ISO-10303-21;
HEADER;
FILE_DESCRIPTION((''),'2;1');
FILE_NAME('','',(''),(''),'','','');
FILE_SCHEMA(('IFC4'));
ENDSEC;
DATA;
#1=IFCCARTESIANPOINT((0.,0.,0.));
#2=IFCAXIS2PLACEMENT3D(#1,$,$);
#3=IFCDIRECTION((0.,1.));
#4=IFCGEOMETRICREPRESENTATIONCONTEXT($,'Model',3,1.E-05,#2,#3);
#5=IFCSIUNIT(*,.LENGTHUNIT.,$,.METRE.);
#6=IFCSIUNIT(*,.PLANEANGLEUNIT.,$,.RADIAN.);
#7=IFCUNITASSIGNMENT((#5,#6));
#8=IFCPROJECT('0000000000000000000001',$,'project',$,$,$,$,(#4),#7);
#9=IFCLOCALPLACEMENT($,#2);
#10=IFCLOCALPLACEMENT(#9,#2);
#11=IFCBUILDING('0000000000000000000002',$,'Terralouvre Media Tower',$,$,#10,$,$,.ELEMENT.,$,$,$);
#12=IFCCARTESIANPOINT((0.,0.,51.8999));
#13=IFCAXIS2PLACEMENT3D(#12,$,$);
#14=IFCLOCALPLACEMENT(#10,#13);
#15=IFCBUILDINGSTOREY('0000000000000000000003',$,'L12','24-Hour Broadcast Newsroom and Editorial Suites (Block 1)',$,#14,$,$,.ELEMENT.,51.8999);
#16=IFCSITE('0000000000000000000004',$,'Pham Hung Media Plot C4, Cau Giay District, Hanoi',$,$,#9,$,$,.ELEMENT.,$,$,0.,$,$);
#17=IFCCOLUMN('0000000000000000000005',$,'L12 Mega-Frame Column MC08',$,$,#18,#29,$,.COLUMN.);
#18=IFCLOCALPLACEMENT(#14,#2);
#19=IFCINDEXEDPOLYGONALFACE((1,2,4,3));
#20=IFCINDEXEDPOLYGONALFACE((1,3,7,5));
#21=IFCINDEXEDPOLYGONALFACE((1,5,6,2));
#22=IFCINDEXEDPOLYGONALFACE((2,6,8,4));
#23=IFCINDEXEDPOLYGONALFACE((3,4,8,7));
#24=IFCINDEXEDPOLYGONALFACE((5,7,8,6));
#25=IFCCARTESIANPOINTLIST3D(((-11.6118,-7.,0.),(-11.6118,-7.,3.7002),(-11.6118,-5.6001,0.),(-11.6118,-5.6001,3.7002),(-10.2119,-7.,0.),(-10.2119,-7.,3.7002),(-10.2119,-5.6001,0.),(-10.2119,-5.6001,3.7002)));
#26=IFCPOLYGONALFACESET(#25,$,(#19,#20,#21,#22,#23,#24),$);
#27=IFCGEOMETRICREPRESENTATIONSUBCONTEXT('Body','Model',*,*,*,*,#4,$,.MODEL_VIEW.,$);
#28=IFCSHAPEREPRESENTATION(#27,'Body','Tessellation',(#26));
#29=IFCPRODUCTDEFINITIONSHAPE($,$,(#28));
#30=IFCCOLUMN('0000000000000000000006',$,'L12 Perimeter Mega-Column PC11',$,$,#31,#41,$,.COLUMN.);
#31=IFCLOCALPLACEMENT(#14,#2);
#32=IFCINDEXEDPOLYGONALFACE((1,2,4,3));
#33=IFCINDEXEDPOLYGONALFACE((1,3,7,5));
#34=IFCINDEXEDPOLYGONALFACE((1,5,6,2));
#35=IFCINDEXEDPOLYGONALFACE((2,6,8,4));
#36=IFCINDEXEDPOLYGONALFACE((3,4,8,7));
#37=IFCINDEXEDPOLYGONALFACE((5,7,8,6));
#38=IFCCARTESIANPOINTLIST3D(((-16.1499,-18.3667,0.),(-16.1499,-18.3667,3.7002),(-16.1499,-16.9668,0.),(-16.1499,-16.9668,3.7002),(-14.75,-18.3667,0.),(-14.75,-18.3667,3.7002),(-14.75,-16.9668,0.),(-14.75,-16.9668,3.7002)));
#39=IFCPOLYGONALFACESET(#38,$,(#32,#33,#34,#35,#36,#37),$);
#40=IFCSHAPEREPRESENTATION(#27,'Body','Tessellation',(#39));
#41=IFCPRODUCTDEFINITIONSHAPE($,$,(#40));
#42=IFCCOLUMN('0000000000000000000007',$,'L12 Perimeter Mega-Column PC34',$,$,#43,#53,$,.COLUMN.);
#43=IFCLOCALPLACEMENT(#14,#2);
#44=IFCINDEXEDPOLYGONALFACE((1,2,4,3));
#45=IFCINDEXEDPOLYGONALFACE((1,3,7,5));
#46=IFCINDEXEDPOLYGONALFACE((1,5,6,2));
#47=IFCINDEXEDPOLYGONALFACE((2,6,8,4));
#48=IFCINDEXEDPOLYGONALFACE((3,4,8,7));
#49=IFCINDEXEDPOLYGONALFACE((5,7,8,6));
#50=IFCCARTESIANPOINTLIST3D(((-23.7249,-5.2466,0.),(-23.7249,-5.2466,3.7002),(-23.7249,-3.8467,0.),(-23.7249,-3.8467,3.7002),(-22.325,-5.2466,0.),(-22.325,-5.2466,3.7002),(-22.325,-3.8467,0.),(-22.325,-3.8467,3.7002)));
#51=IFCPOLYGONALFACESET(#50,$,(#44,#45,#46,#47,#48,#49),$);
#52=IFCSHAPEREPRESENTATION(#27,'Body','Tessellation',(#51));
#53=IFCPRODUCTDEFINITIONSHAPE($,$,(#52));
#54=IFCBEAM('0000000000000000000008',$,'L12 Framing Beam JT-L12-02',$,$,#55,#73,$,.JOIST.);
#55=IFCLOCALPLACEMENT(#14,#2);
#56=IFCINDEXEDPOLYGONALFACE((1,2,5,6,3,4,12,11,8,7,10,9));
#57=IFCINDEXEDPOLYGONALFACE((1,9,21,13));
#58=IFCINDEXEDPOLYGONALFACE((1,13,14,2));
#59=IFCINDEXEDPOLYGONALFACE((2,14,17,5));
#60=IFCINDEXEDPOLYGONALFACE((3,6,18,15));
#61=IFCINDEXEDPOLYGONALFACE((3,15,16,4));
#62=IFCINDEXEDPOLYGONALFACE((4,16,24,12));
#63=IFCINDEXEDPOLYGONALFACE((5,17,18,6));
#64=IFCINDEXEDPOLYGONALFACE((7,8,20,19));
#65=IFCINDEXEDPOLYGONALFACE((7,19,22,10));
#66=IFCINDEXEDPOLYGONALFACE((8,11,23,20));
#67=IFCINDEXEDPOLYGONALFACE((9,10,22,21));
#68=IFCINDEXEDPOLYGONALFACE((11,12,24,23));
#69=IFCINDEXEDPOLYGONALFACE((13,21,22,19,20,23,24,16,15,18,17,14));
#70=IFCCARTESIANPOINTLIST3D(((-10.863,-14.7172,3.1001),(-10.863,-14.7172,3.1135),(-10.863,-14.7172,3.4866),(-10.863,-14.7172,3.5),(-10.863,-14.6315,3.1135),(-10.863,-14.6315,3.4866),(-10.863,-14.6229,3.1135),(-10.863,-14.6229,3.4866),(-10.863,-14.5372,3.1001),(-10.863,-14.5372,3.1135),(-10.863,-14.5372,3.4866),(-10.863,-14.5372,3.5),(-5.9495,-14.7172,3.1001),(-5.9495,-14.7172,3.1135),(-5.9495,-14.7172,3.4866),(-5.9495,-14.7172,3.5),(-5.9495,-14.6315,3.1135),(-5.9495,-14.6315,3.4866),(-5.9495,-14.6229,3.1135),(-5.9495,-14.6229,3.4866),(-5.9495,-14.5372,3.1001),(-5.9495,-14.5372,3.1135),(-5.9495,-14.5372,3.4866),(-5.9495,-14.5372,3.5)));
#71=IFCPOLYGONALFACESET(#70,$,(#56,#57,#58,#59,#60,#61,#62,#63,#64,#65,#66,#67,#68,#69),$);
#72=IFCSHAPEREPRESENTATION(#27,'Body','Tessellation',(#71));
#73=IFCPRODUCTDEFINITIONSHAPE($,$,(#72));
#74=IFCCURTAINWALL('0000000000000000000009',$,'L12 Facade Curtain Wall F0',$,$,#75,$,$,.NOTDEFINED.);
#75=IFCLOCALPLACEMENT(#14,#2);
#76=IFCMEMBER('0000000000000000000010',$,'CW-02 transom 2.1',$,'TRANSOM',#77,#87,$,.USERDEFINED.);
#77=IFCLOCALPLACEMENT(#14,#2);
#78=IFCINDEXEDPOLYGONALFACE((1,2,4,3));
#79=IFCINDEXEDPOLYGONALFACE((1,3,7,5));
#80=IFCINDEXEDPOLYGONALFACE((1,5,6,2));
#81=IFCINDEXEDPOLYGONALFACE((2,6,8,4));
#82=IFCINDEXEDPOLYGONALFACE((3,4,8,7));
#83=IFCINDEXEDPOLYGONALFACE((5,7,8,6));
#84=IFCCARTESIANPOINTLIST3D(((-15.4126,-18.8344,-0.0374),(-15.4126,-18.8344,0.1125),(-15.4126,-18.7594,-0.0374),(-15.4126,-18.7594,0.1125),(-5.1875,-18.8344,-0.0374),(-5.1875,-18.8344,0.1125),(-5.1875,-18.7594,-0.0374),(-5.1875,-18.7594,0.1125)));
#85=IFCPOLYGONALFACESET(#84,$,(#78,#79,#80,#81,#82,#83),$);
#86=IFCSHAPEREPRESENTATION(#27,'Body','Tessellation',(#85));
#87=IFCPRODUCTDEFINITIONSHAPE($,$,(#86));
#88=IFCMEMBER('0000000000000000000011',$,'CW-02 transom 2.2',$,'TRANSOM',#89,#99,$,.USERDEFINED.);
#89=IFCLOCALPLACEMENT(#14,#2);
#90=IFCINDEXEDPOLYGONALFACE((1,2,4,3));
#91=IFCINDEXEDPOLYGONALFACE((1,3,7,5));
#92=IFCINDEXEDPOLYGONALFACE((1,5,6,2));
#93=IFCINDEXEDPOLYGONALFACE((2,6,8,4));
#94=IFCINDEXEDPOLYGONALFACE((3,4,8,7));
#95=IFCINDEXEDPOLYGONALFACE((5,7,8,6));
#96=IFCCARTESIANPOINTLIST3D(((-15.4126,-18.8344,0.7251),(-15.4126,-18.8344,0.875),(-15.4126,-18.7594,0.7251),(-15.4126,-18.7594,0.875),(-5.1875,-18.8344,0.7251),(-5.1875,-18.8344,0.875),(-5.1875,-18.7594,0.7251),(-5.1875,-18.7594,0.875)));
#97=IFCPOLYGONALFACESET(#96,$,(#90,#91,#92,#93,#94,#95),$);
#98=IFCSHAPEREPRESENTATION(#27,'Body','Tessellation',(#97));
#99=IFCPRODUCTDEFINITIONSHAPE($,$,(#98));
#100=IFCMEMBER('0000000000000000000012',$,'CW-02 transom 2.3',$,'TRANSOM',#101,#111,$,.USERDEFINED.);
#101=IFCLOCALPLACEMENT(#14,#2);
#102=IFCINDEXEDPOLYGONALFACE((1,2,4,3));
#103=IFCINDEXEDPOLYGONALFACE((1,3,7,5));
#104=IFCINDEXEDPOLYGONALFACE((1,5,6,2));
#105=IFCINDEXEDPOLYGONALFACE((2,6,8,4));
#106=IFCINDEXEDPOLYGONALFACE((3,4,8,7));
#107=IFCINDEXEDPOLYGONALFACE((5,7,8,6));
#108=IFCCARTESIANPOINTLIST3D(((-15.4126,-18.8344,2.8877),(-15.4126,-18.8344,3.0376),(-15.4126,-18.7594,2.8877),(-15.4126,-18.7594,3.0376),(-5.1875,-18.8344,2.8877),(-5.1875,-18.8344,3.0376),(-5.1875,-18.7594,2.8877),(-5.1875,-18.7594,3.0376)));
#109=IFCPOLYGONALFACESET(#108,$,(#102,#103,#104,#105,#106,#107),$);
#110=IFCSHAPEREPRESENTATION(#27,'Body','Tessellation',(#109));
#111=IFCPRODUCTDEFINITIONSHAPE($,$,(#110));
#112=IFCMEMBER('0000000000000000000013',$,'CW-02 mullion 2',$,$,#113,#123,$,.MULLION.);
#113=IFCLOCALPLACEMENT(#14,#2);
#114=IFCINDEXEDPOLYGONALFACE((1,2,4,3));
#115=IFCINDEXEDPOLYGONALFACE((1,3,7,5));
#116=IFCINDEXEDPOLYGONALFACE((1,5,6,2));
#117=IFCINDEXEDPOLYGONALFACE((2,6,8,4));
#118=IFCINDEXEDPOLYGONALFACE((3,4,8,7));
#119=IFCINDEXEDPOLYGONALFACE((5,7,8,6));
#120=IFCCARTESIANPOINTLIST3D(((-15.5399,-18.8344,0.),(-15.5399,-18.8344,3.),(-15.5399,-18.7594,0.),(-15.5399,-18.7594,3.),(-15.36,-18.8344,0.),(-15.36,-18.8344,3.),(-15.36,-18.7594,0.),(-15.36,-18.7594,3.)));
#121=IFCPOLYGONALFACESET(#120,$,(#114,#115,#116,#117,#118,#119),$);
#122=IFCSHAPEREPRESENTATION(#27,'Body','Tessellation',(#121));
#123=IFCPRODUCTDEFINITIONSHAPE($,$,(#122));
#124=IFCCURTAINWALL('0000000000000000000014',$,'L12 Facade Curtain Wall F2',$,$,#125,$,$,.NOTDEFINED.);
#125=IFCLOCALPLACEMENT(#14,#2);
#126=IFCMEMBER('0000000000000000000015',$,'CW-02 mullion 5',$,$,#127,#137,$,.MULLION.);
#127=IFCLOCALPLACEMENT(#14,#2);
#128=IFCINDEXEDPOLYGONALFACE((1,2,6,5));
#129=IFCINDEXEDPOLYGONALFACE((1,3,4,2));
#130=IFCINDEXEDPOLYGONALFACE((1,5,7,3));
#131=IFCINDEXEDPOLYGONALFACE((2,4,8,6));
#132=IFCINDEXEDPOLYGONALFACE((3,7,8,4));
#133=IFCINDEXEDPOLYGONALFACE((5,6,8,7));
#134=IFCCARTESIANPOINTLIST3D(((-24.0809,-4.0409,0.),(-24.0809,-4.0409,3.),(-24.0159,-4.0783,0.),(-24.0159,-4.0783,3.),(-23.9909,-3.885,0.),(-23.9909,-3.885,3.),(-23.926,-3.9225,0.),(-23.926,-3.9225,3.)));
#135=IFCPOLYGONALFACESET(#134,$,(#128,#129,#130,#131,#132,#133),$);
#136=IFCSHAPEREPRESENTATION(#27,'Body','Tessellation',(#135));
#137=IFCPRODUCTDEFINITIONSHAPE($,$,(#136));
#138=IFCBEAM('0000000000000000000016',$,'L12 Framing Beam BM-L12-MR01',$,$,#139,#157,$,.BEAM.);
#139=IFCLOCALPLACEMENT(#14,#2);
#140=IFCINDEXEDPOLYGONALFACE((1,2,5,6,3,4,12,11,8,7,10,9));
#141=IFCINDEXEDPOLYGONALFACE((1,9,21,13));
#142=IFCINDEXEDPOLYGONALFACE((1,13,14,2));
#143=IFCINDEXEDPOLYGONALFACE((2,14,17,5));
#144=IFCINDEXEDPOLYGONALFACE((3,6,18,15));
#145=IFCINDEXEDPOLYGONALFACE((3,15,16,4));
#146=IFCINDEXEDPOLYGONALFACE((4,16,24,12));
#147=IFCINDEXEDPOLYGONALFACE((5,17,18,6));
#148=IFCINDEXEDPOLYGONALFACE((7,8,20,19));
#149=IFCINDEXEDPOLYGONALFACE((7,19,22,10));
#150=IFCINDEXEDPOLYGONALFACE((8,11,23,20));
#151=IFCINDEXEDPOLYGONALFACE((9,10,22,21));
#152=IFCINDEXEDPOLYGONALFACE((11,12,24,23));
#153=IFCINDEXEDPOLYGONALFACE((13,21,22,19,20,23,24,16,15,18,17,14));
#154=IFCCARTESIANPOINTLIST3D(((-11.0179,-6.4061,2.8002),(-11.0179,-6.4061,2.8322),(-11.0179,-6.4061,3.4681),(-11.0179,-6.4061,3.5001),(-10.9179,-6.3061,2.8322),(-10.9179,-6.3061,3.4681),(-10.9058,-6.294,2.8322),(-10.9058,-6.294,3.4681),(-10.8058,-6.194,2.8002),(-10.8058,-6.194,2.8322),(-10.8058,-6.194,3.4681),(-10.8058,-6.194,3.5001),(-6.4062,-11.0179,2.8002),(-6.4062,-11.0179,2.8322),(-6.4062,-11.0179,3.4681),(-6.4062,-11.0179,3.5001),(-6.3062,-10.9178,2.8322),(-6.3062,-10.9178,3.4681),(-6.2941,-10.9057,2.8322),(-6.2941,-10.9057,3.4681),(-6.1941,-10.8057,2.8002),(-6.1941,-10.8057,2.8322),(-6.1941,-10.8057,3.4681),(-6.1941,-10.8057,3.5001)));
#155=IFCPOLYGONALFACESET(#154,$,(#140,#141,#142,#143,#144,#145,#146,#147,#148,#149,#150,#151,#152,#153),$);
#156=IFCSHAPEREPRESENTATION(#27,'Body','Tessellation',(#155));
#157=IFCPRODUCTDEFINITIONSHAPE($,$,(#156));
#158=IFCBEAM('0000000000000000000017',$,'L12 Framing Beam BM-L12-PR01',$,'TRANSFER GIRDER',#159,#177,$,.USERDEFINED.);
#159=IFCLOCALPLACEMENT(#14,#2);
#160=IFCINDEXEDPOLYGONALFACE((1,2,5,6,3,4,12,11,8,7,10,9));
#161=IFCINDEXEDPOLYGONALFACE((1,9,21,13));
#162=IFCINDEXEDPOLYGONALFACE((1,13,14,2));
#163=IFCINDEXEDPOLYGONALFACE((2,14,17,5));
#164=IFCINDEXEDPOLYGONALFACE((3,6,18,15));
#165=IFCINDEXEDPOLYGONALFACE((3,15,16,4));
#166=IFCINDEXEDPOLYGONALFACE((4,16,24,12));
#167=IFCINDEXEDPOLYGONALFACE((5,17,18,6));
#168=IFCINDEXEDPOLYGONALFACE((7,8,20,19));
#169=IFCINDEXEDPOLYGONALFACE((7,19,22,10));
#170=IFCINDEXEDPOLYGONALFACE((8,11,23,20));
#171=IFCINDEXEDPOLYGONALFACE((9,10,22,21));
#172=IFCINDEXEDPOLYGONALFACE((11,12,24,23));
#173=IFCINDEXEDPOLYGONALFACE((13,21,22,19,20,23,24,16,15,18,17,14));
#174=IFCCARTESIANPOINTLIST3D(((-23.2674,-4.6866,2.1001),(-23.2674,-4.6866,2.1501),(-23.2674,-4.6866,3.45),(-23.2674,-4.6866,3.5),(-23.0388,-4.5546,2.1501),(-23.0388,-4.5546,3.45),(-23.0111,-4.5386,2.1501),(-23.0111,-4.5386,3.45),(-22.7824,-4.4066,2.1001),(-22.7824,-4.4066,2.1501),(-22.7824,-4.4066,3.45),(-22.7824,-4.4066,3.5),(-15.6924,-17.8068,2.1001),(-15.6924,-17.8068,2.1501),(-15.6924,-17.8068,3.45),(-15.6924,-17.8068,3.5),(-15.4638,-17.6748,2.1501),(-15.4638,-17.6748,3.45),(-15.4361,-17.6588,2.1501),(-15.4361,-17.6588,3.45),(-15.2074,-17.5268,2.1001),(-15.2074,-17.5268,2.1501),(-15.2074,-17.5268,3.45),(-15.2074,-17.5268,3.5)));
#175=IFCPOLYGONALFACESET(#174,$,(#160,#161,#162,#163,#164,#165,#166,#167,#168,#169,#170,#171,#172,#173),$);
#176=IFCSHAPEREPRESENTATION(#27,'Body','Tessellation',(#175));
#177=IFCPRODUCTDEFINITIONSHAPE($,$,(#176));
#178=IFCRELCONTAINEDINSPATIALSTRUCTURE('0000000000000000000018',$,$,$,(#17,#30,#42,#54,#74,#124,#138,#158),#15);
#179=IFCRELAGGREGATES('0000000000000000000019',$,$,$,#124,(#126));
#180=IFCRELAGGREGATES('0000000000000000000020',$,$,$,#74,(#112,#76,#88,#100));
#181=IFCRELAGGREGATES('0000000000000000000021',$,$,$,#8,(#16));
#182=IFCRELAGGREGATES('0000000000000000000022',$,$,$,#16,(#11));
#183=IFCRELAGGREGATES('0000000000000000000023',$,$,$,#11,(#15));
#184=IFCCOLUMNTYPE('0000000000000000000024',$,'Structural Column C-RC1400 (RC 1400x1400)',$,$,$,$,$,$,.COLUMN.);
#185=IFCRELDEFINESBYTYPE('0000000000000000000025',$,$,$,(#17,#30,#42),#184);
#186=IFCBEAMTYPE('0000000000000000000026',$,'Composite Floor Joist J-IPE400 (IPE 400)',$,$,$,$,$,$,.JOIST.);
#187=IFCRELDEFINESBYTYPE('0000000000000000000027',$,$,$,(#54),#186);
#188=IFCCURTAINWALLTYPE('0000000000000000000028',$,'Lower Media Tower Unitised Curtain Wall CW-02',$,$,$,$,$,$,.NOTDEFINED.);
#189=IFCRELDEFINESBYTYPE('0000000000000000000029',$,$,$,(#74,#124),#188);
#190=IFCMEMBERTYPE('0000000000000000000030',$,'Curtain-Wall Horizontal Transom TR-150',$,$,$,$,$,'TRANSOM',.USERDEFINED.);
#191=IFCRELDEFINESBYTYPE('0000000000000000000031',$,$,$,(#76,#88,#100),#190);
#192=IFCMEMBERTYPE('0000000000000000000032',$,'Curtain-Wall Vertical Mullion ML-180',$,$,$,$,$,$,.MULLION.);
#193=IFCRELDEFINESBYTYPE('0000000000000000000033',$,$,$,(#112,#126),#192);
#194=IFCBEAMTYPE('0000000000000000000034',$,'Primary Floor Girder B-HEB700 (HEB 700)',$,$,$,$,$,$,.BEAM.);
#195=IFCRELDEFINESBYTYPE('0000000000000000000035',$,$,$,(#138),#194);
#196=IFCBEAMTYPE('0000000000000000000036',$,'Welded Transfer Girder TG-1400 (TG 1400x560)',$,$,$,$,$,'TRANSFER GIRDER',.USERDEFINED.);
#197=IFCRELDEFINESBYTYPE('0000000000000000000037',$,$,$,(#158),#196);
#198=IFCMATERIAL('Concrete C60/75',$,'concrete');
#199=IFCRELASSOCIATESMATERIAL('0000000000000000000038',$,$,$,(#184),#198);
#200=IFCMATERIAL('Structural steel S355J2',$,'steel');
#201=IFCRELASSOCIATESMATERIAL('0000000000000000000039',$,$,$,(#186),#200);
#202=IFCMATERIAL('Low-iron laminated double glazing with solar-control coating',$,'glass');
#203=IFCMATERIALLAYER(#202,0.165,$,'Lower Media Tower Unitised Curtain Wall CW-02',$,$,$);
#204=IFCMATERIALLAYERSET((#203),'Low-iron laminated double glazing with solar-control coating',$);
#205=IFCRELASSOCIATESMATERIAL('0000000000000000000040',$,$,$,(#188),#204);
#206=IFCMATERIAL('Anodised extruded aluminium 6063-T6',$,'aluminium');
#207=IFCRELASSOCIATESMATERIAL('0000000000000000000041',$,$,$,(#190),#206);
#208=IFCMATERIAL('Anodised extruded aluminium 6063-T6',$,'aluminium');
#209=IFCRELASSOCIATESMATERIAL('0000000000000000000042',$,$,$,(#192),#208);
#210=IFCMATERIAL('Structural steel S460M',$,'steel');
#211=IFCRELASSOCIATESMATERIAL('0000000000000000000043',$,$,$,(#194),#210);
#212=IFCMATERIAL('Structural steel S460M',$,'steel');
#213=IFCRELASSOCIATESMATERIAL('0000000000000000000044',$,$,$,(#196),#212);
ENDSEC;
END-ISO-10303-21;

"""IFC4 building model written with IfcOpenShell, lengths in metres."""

from ifc_helpers import new_model, si_unit, direction, frame, origin, origin_2d, place, context, subcontext, project, spatial, rectangle, i_section, extrude, material, layer, layer_set, material_profile, profile_set, type_object, element, aggregate, save


model = new_model("IFC4")

# Units and contexts
model_context = context("Model", 3, precision=1e-05, world=origin(), true_north=direction((0.0, 1.0)))
body_context = subcontext(model_context, "Body", "Model", "MODEL_VIEW")
ifc_project = project(units=[si_unit("LENGTHUNIT", "METRE"), si_unit("PLANEANGLEUNIT", "RADIAN")], contexts=[model_context])

# Site, building, storey
site_placement = place(None, origin())
site = spatial("IfcSite", under=ifc_project, at=site_placement, Name="Pham Hung Media Plot C4, Cau Giay District, Hanoi", CompositionType="ELEMENT", RefElevation=0.0)
building_placement = place(site_placement, origin())
building = spatial("IfcBuilding", under=site, at=building_placement, Name="Terralouvre Media Tower", CompositionType="ELEMENT")
storey_placement = place(building_placement, frame((0.0, 0.0, 51.8999)))
storey = spatial("IfcBuildingStorey", under=building, at=storey_placement, Name="L12", Description="24-Hour Broadcast Newsroom and Editorial Suites (Block 1)", CompositionType="ELEMENT", Elevation=51.8999)

# Columns
ifc_material_1 = material(Name="Concrete C60/75", Category="concrete")
ifc_material_profile_1 = material_profile(ifc_material_1, rectangle(XDim=1.3999, YDim=1.3999, at=origin_2d()), Name="RC 1400x1400")
ifc_profile_set_1 = profile_set([ifc_material_profile_1], Name="Concrete C60/75")
column_type = type_object("IfcColumnType", Name="Structural Column C-RC1400 (RC 1400x1400)", PredefinedType="COLUMN", material=ifc_profile_set_1)
for number, where, z_axis, x_axis, name in (
    (1, (-10.9119, -6.3, 0.0), (0.0, 0.0, 1.0), (1.0, 0.0, 0.0), "L12 Mega-Frame Column MC08"),
    (2, (-15.45, -17.6667, 0.0), (0.0, 0.0, 1.0), (1.0, 0.0, 0.0), "L12 Perimeter Mega-Column PC11"),
    (3, (-23.0249, -4.5466, 0.0), (0.0, 0.0, 1.0), (1.0, 0.0, 0.0), "L12 Perimeter Mega-Column PC34"),
):
    element("IfcColumn", number, at=place(storey_placement, frame(where, z_axis=z_axis, x_axis=x_axis)), inside=storey, type_object=column_type, Name=name, PredefinedType="COLUMN", context=body_context, shape_type="SweptSolid", body=[
        extrude(rectangle(XDim=1.3999, YDim=1.3999, at=origin_2d()), origin(), (0.0, 0.0, 1.0), 3.7002),
    ])

# Beam
ifc_material_2 = material(Name="Structural steel S355J2", Category="steel")
ifc_material_profile_2 = material_profile(ifc_material_2, i_section(OverallWidth=0.1799, OverallDepth=0.3999, WebThickness=0.0085, FlangeThickness=0.0134, at=origin_2d()), Name="IPE 400")
ifc_profile_set_2 = profile_set([ifc_material_profile_2], Name="Structural steel S355J2")
beam_type_1 = type_object("IfcBeamType", Name="Composite Floor Joist J-IPE400 (IPE 400)", PredefinedType="JOIST", material=ifc_profile_set_2)
beam_1_placement = place(storey_placement, frame((-10.863, -14.6272, 3.3), z_axis=(1.0, 0.0, 0.0), x_axis=(0.0, 1.0, 0.0)))
element("IfcBeam", 4, at=beam_1_placement, inside=storey, type_object=beam_type_1, Name="L12 Framing Beam JT-L12-02", PredefinedType="JOIST", context=body_context, shape_type="SweptSolid", body=[
    extrude(i_section(OverallWidth=0.1799, OverallDepth=0.3999, WebThickness=0.0085, FlangeThickness=0.0134, at=origin_2d()), origin(), (0.0, 0.0, 1.0), 4.9136),
])

# Curtain wall, members
ifc_material_3 = material(Name="Low-iron laminated double glazing with solar-control coating", Category="glass")
ifc_layer_1 = layer(ifc_material_3, 0.165, Name="Lower Media Tower Unitised Curtain Wall CW-02")
ifc_layer_set_1 = layer_set([ifc_layer_1], Name="Low-iron laminated double glazing with solar-control coating")
curtain_wall_type = type_object("IfcCurtainWallType", Name="Lower Media Tower Unitised Curtain Wall CW-02", PredefinedType="NOTDEFINED", material=ifc_layer_set_1)
curtain_wall_1_placement = place(storey_placement, origin())
curtain_wall_1 = element("IfcCurtainWall", 5, at=curtain_wall_1_placement, inside=storey, type_object=curtain_wall_type, Name="L12 Facade Curtain Wall F0", PredefinedType="NOTDEFINED")
ifc_material_4 = material(Name="Anodised extruded aluminium 6063-T6", Category="aluminium")
ifc_material_profile_3 = material_profile(ifc_material_4, rectangle(XDim=0.075, YDim=0.1499, at=origin_2d()), Name="ALU 75x150")
ifc_profile_set_3 = profile_set([ifc_material_profile_3], Name="Anodised extruded aluminium 6063-T6")
member_type_1 = type_object("IfcMemberType", Name="Curtain-Wall Horizontal Transom TR-150", ElementType="TRANSOM", PredefinedType="USERDEFINED", material=ifc_profile_set_3)
member_1_placement = place(storey_placement, frame((-15.4126, -18.7969, 0.0376), z_axis=(1.0, 0.0, 0.0), x_axis=(0.0, 1.0, 0.0)))
member_1 = element("IfcMember", 6, at=member_1_placement, type_object=member_type_1, Name="CW-02 transom 2.1", ObjectType="TRANSOM", PredefinedType="USERDEFINED", context=body_context, shape_type="SweptSolid", body=[
    extrude(rectangle(XDim=0.075, YDim=0.1499, at=origin_2d()), origin(), (0.0, 0.0, 1.0), 10.2251),
])
member_2_placement = place(storey_placement, frame((-15.4126, -18.7969, 0.8), z_axis=(1.0, 0.0, 0.0), x_axis=(0.0, 1.0, 0.0)))
member_2 = element("IfcMember", 7, at=member_2_placement, type_object=member_type_1, Name="CW-02 transom 2.2", ObjectType="TRANSOM", PredefinedType="USERDEFINED", context=body_context, shape_type="SweptSolid", body=[
    extrude(rectangle(XDim=0.075, YDim=0.1499, at=origin_2d()), origin(), (0.0, 0.0, 1.0), 10.2251),
])
member_3_placement = place(storey_placement, frame((-15.4126, -18.7969, 2.9626), z_axis=(1.0, 0.0, 0.0), x_axis=(0.0, 1.0, 0.0)))
member_3 = element("IfcMember", 8, at=member_3_placement, type_object=member_type_1, Name="CW-02 transom 2.3", ObjectType="TRANSOM", PredefinedType="USERDEFINED", context=body_context, shape_type="SweptSolid", body=[
    extrude(rectangle(XDim=0.075, YDim=0.1499, at=origin_2d()), origin(), (0.0, 0.0, 1.0), 10.2251),
])
ifc_material_5 = material(Name="Anodised extruded aluminium 6063-T6", Category="aluminium")
ifc_material_profile_4 = material_profile(ifc_material_5, rectangle(XDim=0.075, YDim=0.1799, at=origin_2d()), Name="ALU 75x180")
ifc_profile_set_4 = profile_set([ifc_material_profile_4], Name="Anodised extruded aluminium 6063-T6")
member_type_2 = type_object("IfcMemberType", Name="Curtain-Wall Vertical Mullion ML-180", PredefinedType="MULLION", material=ifc_profile_set_4)
member_4_placement = place(storey_placement, frame((-15.45, -18.7969, 0.0), z_axis=(0.0, 0.0, 1.0), x_axis=(0.0, 1.0, 0.0)))
member_4 = element("IfcMember", 9, at=member_4_placement, type_object=member_type_2, Name="CW-02 mullion 2", PredefinedType="MULLION", context=body_context, shape_type="SweptSolid", body=[
    extrude(rectangle(XDim=0.075, YDim=0.1799, at=origin_2d()), origin(), (0.0, 0.0, 1.0), 3.0),
])

# Curtain wall, member
curtain_wall_2_placement = place(storey_placement, origin())
curtain_wall_2 = element("IfcCurtainWall", 10, at=curtain_wall_2_placement, inside=storey, type_object=curtain_wall_type, Name="L12 Facade Curtain Wall F2", PredefinedType="NOTDEFINED")
member_5_placement = place(storey_placement, frame((-24.0034, -3.9817, 0.0), z_axis=(0.0, 0.0, 1.0), x_axis=(0.866025, -0.5, 0.0)))
member_5 = element("IfcMember", 11, at=member_5_placement, type_object=member_type_2, Name="CW-02 mullion 5", PredefinedType="MULLION", context=body_context, shape_type="SweptSolid", body=[
    extrude(rectangle(XDim=0.075, YDim=0.1799, at=origin_2d()), origin(), (0.0, 0.0, 1.0), 3.0),
])
aggregate(curtain_wall_2, [member_5])

# Beams
ifc_material_6 = material(Name="Structural steel S460M", Category="steel")
ifc_material_profile_5 = material_profile(ifc_material_6, i_section(OverallWidth=0.3, OverallDepth=0.7, WebThickness=0.0171, FlangeThickness=0.032, at=origin_2d()), Name="HEB 700")
ifc_profile_set_5 = profile_set([ifc_material_profile_5], Name="Structural steel S460M")
beam_type_2 = type_object("IfcBeamType", Name="Primary Floor Girder B-HEB700 (HEB 700)", PredefinedType="BEAM", material=ifc_profile_set_5)
beam_2_placement = place(storey_placement, frame((-10.9119, -6.3, 3.1501), z_axis=(0.707107, -0.707107, 0.0), x_axis=(0.707107, 0.707107, 0.0)))
element("IfcBeam", 12, at=beam_2_placement, inside=storey, type_object=beam_type_2, Name="L12 Framing Beam BM-L12-MR01", PredefinedType="BEAM", context=body_context, shape_type="SweptSolid", body=[
    extrude(i_section(OverallWidth=0.3, OverallDepth=0.7, WebThickness=0.0171, FlangeThickness=0.032, at=origin_2d()), origin(), (0.0, 0.0, 1.0), 6.522),
])
ifc_material_7 = material(Name="Structural steel S460M", Category="steel")
ifc_material_profile_6 = material_profile(ifc_material_7, i_section(OverallWidth=0.5601, OverallDepth=1.3999, WebThickness=0.032, FlangeThickness=0.05, at=origin_2d()), Name="TG 1400x560")
ifc_profile_set_6 = profile_set([ifc_material_profile_6], Name="Structural steel S460M")
beam_type_3 = type_object("IfcBeamType", Name="Welded Transfer Girder TG-1400 (TG 1400x560)", ElementType="TRANSFER GIRDER", PredefinedType="USERDEFINED", material=ifc_profile_set_6)
beam_3_placement = place(storey_placement, frame((-23.0249, -4.5466, 2.8), z_axis=(0.500002, -0.866024, 0.0), x_axis=(0.866024, 0.500002, 0.0)))
element("IfcBeam", 13, at=beam_3_placement, inside=storey, type_object=beam_type_3, Name="L12 Framing Beam BM-L12-PR01", ObjectType="TRANSFER GIRDER", PredefinedType="USERDEFINED", context=body_context, shape_type="SweptSolid", body=[
    extrude(i_section(OverallWidth=0.5601, OverallDepth=1.3999, WebThickness=0.032, FlangeThickness=0.05, at=origin_2d()), origin(), (0.0, 0.0, 1.0), 15.1499),
])

aggregate(curtain_wall_1, [member_4, member_1, member_2, member_3])

save(model, "model.ifc")
